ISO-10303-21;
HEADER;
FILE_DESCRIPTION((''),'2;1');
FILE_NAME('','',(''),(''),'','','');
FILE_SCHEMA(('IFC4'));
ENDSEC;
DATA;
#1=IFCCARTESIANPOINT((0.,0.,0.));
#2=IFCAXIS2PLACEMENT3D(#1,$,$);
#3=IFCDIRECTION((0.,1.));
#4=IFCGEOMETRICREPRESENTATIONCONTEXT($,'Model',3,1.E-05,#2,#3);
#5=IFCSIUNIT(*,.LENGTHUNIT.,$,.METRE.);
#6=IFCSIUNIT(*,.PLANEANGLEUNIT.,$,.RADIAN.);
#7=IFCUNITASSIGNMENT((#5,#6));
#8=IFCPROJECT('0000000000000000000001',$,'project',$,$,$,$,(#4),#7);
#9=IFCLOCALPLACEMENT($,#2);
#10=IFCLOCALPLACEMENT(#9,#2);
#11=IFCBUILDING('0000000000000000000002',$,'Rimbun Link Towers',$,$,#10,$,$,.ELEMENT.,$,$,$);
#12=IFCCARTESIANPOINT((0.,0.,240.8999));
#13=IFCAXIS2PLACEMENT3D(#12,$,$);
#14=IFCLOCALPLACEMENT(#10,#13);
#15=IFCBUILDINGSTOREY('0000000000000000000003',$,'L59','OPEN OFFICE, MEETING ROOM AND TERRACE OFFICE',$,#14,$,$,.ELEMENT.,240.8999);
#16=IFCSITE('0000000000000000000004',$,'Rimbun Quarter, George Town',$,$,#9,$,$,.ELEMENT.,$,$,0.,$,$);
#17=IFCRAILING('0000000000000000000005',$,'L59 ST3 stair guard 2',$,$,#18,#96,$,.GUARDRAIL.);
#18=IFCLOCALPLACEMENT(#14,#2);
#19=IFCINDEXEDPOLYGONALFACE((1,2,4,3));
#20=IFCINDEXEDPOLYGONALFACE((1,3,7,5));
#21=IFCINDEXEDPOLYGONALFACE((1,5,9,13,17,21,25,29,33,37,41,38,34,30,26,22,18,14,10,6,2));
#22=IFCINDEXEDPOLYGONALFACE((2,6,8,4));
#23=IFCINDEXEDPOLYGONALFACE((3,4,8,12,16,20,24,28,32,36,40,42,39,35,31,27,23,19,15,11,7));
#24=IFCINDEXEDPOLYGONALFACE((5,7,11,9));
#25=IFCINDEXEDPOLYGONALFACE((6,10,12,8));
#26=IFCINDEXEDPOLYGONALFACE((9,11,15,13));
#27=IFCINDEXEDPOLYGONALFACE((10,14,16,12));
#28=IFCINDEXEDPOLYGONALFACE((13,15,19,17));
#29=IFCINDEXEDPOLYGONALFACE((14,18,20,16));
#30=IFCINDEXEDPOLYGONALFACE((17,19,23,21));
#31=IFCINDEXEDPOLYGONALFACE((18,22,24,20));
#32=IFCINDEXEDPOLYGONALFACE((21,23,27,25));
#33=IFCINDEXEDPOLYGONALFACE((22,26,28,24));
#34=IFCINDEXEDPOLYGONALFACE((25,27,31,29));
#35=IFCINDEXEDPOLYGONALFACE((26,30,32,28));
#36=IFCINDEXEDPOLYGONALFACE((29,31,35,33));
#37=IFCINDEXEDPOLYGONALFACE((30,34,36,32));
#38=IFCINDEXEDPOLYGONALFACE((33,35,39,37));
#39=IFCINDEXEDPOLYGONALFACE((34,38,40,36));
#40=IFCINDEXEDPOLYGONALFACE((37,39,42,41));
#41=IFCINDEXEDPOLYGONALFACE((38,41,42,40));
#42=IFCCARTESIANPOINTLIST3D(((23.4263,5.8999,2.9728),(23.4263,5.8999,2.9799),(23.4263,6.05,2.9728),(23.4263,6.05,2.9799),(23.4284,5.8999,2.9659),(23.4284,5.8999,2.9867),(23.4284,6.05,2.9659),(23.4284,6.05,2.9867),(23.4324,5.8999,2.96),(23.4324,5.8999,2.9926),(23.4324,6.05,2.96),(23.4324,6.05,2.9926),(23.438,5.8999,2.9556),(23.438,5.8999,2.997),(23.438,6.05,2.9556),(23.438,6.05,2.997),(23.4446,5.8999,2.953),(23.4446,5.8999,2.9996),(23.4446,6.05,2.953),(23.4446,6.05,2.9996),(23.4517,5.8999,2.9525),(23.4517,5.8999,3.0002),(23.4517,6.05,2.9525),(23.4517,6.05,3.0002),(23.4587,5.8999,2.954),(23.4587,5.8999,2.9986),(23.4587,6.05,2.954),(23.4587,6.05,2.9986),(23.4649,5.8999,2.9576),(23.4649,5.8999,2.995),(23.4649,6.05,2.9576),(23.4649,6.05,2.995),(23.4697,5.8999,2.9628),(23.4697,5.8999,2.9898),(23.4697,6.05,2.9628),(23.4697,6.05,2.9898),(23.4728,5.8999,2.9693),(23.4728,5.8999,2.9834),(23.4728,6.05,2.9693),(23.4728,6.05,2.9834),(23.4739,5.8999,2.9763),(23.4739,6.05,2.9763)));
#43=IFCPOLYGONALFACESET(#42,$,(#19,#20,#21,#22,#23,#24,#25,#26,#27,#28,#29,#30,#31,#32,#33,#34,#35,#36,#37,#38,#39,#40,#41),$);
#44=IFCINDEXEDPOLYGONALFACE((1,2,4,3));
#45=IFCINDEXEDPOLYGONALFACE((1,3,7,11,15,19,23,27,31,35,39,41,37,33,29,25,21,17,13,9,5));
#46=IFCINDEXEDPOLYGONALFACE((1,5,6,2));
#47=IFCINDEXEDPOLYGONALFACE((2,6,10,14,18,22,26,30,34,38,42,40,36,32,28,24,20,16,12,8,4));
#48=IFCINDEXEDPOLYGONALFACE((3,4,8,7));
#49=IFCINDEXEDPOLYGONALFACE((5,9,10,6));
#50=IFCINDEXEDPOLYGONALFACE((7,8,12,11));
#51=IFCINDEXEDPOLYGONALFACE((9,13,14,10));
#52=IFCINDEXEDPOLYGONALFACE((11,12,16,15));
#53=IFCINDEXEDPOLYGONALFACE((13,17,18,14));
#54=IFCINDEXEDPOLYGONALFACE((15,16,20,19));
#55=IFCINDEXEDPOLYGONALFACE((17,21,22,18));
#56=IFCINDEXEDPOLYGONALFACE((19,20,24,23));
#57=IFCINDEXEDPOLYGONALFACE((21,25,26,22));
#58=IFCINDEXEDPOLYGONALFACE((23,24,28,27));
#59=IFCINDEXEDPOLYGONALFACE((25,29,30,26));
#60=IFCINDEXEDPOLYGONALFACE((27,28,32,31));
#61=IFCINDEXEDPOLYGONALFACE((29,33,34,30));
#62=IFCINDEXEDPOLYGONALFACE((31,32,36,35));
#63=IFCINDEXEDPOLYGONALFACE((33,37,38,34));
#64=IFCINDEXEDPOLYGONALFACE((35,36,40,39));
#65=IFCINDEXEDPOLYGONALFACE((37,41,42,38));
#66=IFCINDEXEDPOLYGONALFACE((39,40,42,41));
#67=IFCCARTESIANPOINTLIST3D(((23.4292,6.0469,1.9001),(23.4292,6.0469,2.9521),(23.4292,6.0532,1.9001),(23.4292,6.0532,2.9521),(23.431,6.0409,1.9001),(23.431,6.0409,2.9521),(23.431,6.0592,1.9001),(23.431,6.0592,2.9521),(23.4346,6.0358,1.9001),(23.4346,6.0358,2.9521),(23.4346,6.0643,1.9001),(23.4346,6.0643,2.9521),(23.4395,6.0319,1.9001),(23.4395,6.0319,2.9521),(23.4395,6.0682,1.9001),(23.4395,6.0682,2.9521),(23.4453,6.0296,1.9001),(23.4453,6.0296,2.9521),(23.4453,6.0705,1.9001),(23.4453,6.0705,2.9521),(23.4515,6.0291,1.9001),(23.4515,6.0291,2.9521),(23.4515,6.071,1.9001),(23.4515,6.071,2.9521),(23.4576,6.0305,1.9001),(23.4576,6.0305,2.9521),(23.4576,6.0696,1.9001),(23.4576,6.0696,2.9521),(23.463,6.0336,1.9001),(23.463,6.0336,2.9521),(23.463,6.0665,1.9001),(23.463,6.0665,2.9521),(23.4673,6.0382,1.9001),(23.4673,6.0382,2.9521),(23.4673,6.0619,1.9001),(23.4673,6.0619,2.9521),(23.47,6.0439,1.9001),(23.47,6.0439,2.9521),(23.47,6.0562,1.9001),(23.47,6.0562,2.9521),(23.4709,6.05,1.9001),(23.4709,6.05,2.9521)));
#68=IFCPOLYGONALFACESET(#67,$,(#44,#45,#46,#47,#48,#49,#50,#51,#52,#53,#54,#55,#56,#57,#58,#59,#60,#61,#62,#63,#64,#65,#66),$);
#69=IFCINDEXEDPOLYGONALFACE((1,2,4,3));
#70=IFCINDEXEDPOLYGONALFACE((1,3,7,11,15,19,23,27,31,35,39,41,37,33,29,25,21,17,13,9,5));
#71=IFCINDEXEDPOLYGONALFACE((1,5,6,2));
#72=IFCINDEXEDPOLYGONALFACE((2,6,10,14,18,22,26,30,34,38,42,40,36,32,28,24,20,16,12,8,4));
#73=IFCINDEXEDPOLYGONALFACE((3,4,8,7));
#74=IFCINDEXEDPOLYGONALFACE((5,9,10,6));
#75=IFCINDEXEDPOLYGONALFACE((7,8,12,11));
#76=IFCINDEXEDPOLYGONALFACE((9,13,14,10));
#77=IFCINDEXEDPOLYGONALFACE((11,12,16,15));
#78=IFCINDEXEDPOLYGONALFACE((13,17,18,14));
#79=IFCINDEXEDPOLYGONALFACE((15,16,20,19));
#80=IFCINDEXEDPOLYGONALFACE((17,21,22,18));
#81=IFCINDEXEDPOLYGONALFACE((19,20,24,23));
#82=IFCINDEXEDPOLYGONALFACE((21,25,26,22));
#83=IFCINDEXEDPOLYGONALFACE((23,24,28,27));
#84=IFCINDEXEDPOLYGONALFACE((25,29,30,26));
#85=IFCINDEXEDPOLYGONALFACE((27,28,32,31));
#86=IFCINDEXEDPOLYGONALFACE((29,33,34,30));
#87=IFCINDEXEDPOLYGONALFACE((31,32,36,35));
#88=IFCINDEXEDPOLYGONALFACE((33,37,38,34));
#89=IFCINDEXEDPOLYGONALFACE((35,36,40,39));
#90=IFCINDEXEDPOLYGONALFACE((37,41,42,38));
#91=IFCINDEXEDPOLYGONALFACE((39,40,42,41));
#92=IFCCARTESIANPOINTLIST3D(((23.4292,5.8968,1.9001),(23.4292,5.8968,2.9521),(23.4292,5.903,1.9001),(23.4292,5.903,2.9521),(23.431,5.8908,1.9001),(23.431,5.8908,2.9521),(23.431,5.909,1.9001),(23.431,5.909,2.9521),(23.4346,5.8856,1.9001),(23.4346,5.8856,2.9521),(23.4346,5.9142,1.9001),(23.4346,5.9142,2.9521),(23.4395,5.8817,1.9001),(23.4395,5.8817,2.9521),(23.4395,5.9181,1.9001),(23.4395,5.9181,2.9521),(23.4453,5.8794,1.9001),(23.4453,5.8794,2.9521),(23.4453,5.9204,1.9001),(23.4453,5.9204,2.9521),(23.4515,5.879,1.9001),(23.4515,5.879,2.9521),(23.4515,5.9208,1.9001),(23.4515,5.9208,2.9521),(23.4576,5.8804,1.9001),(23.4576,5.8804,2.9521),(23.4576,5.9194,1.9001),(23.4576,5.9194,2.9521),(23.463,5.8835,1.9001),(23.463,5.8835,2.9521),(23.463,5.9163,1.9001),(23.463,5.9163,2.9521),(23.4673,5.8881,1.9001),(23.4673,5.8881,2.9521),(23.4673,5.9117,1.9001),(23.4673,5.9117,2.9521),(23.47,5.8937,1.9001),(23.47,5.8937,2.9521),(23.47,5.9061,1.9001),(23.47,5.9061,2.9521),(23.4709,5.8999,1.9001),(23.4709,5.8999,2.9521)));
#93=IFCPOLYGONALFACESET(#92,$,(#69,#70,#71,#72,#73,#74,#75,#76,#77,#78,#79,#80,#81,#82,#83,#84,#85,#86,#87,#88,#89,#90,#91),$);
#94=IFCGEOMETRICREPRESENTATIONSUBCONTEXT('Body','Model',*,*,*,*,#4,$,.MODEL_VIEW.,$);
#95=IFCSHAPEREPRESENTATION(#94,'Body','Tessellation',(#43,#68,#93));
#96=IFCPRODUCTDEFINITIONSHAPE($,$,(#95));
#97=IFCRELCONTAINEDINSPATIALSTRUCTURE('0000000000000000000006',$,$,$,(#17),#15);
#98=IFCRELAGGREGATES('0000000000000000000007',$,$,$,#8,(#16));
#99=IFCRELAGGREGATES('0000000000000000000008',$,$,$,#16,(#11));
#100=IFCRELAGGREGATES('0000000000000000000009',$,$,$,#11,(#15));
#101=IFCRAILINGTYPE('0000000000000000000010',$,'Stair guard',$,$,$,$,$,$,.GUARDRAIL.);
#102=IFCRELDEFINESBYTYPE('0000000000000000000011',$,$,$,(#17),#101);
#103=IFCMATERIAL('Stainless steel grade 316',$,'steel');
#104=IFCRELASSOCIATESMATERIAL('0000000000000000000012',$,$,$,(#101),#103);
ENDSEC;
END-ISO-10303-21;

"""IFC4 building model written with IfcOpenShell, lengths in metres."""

from ifc_helpers import new_model, si_unit, direction, frame, origin, origin_2d, place, context, subcontext, project, spatial, circle, extrude, material, type_object, element, save


model = new_model("IFC4")

# Units and contexts
model_context = context("Model", 3, precision=1e-05, world=origin(), true_north=direction((0.0, 1.0)))
body_context = subcontext(model_context, "Body", "Model", "MODEL_VIEW")
ifc_project = project(units=[si_unit("LENGTHUNIT", "METRE"), si_unit("PLANEANGLEUNIT", "RADIAN")], contexts=[model_context])

# Site, building, storey
site_placement = place(None, origin())
site = spatial("IfcSite", under=ifc_project, at=site_placement, Name="Rimbun Quarter, George Town", CompositionType="ELEMENT", RefElevation=0.0)
building_placement = place(site_placement, origin())
building = spatial("IfcBuilding", under=site, at=building_placement, Name="Rimbun Link Towers", CompositionType="ELEMENT")
storey_placement = place(building_placement, frame((0.0, 0.0, 240.8999)))
storey = spatial("IfcBuildingStorey", under=building, at=storey_placement, Name="L59", Description="OPEN OFFICE, MEETING ROOM AND TERRACE OFFICE", CompositionType="ELEMENT", Elevation=240.8999)

# Railing
ifc_material_1 = material(Name="Stainless steel grade 316", Category="steel")
railing_type_1 = type_object("IfcRailingType", Name="Stair guard", PredefinedType="GUARDRAIL", material=ifc_material_1)
railing_1_placement = place(storey_placement, frame((23.45, 6.05, 1.9001)))
element("IfcRailing", 1, at=railing_1_placement, inside=storey, type_object=railing_type_1, Name="L59 ST3 stair guard 2", PredefinedType="GUARDRAIL", context=body_context, shape_type="SweptSolid", body=[
    extrude(circle(Radius=0.0239, at=origin_2d()), frame((0.0, 0.0, 1.0762), z_axis=(0.0, -1.0, 0.0), x_axis=(1.0, 0.0, 0.0)), (0.0, 0.0, 1.0), 0.1501),
    extrude(circle(Radius=0.021, at=origin_2d()), origin(), (0.0, 0.0, 1.0), 1.052),
    extrude(circle(Radius=0.021, at=origin_2d()), frame((0.0, -0.1501, 0.0)), (0.0, 0.0, 1.0), 1.052),
])

save(model, "model.ifc")
